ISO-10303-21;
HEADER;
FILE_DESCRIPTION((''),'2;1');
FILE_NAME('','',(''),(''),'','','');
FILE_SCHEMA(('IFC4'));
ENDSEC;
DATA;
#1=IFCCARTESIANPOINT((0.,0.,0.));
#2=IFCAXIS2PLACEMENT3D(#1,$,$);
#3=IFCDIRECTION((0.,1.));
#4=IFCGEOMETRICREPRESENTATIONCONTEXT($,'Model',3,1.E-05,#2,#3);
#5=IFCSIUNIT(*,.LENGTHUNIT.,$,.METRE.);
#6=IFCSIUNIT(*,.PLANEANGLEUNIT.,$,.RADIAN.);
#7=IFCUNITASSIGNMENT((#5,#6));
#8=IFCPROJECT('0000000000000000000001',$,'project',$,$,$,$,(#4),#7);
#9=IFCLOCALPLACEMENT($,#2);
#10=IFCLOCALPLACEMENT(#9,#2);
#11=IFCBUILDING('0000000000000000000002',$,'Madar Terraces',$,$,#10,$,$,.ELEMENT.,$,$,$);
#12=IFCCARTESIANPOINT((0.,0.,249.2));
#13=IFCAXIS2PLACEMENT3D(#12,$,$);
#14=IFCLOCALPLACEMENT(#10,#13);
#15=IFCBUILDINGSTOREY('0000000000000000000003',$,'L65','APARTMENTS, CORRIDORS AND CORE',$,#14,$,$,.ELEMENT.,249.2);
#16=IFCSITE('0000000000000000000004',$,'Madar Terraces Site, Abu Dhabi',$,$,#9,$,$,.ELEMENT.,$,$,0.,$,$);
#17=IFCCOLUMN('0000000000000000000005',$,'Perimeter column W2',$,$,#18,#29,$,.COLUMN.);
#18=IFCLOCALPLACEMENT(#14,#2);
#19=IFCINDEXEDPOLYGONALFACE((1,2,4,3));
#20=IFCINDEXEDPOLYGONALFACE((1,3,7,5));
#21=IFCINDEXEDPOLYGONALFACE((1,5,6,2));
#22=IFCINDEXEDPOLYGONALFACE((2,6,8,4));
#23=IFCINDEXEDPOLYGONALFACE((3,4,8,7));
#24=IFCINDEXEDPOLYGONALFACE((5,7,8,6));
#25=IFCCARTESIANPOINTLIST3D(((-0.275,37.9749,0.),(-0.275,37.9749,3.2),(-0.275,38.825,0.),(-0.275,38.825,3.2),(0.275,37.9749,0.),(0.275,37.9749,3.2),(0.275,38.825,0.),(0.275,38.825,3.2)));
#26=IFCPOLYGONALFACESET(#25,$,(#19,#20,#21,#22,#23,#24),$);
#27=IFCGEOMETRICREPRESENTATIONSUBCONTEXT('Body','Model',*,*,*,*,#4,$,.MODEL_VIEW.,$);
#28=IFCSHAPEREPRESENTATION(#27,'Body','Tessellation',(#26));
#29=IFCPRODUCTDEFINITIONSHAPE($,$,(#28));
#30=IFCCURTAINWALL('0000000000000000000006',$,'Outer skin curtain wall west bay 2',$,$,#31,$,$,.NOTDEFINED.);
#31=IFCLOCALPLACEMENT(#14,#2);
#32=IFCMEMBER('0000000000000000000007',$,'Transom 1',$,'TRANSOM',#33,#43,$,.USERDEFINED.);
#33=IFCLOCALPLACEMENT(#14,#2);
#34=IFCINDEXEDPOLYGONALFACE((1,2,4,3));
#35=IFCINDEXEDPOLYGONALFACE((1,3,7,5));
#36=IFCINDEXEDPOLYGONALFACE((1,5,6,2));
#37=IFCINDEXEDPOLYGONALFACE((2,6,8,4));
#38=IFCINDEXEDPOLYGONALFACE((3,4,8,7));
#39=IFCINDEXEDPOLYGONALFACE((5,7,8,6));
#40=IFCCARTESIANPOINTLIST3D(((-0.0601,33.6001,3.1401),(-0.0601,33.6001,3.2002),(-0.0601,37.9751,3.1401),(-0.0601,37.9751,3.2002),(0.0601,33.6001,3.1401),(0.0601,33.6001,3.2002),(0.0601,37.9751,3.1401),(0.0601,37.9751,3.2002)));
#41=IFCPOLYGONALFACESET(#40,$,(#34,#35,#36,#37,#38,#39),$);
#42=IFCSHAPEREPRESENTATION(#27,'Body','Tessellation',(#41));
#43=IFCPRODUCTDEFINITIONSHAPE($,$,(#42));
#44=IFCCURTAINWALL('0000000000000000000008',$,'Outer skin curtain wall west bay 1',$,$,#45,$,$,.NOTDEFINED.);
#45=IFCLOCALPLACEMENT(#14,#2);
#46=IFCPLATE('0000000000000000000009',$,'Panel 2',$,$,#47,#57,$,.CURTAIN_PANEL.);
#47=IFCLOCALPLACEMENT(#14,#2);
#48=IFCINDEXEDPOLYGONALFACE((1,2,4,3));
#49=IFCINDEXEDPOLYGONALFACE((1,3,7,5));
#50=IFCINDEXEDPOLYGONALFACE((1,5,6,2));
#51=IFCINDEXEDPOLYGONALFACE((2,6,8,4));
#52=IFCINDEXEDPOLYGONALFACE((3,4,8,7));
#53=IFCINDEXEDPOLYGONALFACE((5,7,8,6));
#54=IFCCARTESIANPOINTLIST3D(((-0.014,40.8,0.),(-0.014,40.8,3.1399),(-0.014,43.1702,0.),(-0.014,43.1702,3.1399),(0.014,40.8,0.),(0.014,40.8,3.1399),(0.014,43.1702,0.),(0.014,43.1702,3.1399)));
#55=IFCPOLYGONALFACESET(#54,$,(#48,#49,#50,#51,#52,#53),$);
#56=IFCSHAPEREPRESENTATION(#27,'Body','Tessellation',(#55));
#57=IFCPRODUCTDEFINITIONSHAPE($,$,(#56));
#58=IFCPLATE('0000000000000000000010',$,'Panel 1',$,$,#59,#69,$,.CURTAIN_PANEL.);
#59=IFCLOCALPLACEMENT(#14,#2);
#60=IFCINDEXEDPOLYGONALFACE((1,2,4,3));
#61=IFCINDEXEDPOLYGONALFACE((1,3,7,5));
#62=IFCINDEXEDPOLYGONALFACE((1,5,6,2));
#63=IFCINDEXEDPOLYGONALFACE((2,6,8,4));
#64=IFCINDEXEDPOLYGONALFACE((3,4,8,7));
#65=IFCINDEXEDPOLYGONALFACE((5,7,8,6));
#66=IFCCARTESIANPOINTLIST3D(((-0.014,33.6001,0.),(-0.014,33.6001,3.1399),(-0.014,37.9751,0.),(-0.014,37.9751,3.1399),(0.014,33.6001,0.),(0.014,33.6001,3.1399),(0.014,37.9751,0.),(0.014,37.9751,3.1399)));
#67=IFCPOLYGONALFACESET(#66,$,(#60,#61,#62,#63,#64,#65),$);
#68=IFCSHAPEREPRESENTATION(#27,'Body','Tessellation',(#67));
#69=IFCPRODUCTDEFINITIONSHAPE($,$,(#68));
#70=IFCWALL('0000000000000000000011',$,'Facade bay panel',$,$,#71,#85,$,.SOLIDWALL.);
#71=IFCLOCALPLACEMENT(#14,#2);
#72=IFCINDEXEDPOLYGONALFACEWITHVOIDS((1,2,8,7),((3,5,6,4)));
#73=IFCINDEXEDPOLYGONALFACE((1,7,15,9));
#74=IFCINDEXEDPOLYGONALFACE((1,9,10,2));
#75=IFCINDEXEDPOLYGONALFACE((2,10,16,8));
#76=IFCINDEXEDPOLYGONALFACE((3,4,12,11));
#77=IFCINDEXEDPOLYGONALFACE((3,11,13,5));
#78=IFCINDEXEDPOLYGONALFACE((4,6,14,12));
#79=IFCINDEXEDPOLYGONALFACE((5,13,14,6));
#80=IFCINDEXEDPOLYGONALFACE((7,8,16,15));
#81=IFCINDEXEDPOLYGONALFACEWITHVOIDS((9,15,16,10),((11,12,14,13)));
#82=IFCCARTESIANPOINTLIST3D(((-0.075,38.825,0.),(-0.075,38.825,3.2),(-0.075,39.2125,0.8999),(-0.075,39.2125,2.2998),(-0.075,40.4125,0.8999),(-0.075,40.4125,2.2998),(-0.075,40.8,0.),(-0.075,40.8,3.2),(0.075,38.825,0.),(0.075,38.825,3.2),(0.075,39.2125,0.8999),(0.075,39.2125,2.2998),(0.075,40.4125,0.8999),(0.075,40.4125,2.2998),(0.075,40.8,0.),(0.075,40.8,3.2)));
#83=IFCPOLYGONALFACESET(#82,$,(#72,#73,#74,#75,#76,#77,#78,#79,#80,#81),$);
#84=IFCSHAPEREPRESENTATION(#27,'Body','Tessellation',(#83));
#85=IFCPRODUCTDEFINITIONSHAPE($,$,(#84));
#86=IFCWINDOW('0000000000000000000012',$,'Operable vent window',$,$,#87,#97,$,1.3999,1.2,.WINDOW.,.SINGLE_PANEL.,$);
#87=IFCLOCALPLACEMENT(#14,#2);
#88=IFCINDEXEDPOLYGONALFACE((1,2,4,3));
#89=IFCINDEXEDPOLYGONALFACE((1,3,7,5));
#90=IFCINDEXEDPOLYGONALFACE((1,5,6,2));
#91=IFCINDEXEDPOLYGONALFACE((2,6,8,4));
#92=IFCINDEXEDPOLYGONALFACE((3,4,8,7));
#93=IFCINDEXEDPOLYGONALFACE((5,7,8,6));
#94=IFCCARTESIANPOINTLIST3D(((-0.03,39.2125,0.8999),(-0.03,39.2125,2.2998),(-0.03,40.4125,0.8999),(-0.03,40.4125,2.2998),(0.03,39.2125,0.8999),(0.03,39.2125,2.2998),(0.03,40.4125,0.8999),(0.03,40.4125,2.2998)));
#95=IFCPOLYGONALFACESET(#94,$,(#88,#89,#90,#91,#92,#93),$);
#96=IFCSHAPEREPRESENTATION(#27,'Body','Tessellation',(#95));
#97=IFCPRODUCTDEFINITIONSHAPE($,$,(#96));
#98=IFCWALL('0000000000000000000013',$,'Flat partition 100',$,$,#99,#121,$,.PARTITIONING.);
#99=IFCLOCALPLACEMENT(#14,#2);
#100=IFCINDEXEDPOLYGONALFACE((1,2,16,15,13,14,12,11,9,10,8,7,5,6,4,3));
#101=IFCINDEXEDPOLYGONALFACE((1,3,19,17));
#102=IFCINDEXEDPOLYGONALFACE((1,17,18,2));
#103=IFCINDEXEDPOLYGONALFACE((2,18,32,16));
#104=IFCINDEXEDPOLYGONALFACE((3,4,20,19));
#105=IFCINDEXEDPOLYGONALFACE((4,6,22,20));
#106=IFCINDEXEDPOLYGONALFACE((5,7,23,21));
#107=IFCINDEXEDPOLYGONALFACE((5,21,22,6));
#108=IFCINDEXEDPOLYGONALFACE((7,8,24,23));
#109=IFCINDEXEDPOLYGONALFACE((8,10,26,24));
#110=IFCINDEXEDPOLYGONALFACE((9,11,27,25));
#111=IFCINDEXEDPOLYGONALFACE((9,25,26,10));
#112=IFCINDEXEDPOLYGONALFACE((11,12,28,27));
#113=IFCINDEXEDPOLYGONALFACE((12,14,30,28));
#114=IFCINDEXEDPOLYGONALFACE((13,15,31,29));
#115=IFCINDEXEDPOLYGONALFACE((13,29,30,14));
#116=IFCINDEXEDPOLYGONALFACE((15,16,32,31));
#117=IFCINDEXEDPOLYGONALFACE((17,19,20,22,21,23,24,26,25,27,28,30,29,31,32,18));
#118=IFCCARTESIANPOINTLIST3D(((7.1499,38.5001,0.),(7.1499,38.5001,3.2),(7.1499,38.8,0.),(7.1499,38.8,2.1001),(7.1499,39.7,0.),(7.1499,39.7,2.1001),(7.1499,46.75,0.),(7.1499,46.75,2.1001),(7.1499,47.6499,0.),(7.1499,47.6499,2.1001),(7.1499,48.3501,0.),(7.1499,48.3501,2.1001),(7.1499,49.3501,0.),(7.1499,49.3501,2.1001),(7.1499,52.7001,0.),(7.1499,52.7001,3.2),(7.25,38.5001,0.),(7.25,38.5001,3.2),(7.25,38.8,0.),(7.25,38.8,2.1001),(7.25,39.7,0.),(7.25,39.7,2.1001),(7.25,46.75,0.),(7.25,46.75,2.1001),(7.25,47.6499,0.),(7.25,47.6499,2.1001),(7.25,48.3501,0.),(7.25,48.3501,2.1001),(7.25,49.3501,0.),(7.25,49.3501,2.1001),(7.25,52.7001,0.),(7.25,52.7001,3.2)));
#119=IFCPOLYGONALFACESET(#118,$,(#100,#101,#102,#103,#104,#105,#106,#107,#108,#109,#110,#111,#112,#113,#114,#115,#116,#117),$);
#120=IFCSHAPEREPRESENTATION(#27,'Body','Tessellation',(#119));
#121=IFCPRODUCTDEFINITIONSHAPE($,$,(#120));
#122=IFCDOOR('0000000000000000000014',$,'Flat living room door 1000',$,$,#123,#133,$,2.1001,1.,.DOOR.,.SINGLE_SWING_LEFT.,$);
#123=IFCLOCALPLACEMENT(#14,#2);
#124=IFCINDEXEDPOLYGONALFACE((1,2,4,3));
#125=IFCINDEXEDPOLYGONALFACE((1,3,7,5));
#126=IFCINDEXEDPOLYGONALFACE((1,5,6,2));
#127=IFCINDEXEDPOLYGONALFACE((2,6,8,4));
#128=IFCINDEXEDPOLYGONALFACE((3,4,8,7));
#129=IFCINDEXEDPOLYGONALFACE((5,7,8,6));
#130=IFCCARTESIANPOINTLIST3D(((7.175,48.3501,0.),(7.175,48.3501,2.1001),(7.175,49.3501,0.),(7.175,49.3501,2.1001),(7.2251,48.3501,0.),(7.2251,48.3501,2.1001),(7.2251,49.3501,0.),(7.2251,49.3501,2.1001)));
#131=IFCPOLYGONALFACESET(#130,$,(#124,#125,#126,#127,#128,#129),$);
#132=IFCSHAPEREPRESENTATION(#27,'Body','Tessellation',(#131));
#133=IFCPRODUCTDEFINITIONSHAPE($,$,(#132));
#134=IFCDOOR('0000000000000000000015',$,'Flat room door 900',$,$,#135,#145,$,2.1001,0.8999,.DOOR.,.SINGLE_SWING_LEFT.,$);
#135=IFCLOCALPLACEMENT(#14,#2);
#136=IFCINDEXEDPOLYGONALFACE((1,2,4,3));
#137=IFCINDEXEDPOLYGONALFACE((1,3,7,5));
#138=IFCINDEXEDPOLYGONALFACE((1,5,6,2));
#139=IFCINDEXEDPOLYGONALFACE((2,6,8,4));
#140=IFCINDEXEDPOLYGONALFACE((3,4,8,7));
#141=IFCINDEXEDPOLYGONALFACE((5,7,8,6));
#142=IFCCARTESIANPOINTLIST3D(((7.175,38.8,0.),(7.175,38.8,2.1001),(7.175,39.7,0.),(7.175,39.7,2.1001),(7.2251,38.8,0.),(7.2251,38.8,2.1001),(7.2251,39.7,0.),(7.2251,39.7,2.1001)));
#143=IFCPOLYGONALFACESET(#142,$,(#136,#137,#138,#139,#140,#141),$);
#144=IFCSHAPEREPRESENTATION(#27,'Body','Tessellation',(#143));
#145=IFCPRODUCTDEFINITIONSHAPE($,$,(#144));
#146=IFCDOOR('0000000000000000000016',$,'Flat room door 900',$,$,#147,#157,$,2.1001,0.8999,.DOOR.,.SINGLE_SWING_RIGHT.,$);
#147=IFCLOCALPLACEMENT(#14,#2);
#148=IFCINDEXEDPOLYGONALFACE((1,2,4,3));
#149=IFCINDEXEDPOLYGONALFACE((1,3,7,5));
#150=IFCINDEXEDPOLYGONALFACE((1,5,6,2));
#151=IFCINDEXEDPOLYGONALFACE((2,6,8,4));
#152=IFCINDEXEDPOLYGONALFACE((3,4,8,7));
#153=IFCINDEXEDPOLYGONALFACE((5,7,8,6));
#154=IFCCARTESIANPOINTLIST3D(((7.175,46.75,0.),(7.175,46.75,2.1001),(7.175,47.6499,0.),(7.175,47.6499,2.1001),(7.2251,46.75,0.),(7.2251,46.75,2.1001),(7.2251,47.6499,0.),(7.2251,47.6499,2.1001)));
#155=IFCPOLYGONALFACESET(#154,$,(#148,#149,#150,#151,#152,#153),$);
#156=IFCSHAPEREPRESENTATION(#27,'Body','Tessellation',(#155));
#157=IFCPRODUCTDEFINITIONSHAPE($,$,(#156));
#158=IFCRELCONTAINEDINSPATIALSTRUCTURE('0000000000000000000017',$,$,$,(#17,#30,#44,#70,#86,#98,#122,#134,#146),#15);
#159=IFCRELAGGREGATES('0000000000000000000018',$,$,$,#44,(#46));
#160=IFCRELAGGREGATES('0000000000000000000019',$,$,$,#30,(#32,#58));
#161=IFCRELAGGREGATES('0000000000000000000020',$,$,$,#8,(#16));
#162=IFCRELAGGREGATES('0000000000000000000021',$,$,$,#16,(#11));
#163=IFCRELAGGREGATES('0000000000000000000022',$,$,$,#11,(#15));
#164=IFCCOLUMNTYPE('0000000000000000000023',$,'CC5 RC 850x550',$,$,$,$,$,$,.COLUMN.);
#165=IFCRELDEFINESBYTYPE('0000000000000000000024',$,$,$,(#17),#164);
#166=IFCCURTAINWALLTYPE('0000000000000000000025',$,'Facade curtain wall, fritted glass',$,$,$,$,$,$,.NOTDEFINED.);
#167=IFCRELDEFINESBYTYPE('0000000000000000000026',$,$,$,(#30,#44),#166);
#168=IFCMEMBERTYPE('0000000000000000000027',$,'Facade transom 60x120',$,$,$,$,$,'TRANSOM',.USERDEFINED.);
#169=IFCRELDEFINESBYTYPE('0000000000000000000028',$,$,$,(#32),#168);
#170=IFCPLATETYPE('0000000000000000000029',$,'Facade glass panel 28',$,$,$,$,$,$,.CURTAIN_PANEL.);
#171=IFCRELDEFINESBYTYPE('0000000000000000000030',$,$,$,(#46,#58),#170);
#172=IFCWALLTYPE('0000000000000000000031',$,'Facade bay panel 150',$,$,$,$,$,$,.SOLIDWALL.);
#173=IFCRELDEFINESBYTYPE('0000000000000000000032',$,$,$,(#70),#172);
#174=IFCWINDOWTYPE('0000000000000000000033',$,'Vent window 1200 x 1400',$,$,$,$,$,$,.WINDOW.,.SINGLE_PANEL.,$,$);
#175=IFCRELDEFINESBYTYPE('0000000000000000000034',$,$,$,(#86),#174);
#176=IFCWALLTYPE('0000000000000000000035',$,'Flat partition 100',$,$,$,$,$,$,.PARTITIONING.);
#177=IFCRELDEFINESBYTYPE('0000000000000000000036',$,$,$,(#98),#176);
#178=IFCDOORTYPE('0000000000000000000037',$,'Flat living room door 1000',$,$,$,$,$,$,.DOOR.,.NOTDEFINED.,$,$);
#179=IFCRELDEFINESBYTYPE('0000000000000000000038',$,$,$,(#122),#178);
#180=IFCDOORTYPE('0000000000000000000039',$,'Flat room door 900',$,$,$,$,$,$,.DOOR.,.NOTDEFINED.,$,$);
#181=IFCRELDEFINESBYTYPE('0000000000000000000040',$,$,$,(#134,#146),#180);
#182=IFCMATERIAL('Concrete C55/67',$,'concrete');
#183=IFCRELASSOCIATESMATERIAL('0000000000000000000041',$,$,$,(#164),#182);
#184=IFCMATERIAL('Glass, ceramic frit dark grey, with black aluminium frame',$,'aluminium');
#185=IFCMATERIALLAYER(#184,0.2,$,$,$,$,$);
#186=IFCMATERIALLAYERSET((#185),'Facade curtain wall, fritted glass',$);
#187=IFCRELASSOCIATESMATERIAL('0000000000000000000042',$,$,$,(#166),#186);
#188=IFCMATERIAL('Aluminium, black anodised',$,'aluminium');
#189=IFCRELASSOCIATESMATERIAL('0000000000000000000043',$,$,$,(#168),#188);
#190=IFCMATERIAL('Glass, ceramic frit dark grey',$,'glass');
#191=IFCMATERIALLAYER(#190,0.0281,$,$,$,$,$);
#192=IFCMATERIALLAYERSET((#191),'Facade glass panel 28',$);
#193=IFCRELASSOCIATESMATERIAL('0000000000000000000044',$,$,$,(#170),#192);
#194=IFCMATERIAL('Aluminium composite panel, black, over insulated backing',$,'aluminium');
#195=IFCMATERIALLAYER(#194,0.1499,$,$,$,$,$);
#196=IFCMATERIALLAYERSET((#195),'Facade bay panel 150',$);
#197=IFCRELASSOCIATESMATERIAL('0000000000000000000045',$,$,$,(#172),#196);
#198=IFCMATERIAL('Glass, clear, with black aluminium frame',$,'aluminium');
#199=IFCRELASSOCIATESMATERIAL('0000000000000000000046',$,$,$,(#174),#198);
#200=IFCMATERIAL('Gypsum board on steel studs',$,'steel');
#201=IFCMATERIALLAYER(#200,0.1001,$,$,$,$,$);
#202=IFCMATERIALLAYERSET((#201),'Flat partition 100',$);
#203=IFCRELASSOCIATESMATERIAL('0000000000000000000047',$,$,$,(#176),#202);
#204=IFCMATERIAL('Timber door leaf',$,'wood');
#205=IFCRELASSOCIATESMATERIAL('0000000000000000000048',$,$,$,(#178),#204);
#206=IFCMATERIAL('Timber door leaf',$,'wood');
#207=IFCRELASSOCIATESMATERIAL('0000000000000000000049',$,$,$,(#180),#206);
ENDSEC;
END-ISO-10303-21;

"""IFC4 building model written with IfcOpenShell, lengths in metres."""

from ifc_helpers import new_model, si_unit, direction, frame, frame_2d, origin, origin_2d, place, context, subcontext, project, spatial, rectangle, extrude, material, layer, layer_set, material_profile, profile_set, type_object, element, fill, aggregate, save


model = new_model("IFC4")

# Units and contexts
model_context = context("Model", 3, precision=1e-05, world=origin(), true_north=direction((0.0, 1.0)))
body_context = subcontext(model_context, "Body", "Model", "MODEL_VIEW")
ifc_project = project(units=[si_unit("LENGTHUNIT", "METRE"), si_unit("PLANEANGLEUNIT", "RADIAN")], contexts=[model_context])

# Site, building, storey
site_placement = place(None, origin())
site = spatial("IfcSite", under=ifc_project, at=site_placement, Name="Madar Terraces Site, Abu Dhabi", CompositionType="ELEMENT", RefElevation=0.0)
building_placement = place(site_placement, origin())
building = spatial("IfcBuilding", under=site, at=building_placement, Name="Madar Terraces", CompositionType="ELEMENT")
storey_placement = place(building_placement, frame((0.0, 0.0, 249.2)))
storey = spatial("IfcBuildingStorey", under=building, at=storey_placement, Name="L65", Description="APARTMENTS, CORRIDORS AND CORE", CompositionType="ELEMENT", Elevation=249.2)

# Column
ifc_material_1 = material(Name="Concrete C55/67", Category="concrete")
ifc_material_profile_1 = material_profile(ifc_material_1, rectangle(XDim=0.8501, YDim=0.55, at=origin_2d()), Name="CC5 RC 850x550")
ifc_profile_set_1 = profile_set([ifc_material_profile_1], Name="Concrete C55/67")
column_type = type_object("IfcColumnType", Name="CC5 RC 850x550", PredefinedType="COLUMN", material=ifc_profile_set_1)
column_placement = place(storey_placement, frame((0.0, 38.3999, 0.0), z_axis=(0.0, 0.0, 1.0), x_axis=(0.0, 1.0, 0.0)))
element("IfcColumn", 1, at=column_placement, inside=storey, type_object=column_type, Name="Perimeter column W2", PredefinedType="COLUMN", context=body_context, shape_type="SweptSolid", body=[
    extrude(rectangle(XDim=0.8501, YDim=0.55, at=origin_2d()), origin(), (0.0, 0.0, 1.0), 3.2),
])

# Curtain wall, member
ifc_material_2 = material(Name="Glass, ceramic frit dark grey, with black aluminium frame", Category="aluminium")
ifc_layer_1 = layer(ifc_material_2, 0.2)
ifc_layer_set_1 = layer_set([ifc_layer_1], Name="Facade curtain wall, fritted glass")
curtain_wall_type = type_object("IfcCurtainWallType", Name="Facade curtain wall, fritted glass", PredefinedType="NOTDEFINED", material=ifc_layer_set_1)
curtain_wall_1_placement = place(storey_placement, origin())
curtain_wall_1 = element("IfcCurtainWall", 2, at=curtain_wall_1_placement, inside=storey, type_object=curtain_wall_type, Name="Outer skin curtain wall west bay 2", PredefinedType="NOTDEFINED")
ifc_material_3 = material(Name="Aluminium, black anodised", Category="aluminium")
ifc_material_profile_2 = material_profile(ifc_material_3, rectangle(XDim=0.1201, YDim=0.0601, at=origin_2d()), Name="Facade transom 60x120")
ifc_profile_set_2 = profile_set([ifc_material_profile_2], Name="Aluminium, black anodised")
member_type = type_object("IfcMemberType", Name="Facade transom 60x120", ElementType="TRANSOM", PredefinedType="USERDEFINED", material=ifc_profile_set_2)
member_placement = place(storey_placement, frame((0.0, 37.9751, 3.1702), z_axis=(0.0, -1.0, 0.0), x_axis=(1.0, 0.0, 0.0)))
member = element("IfcMember", 3, at=member_placement, type_object=member_type, Name="Transom 1", ObjectType="TRANSOM", PredefinedType="USERDEFINED", context=body_context, shape_type="SweptSolid", body=[
    extrude(rectangle(XDim=0.1201, YDim=0.0601, at=origin_2d()), origin(), (0.0, 0.0, 1.0), 4.375),
])

# Curtain wall, plate
curtain_wall_2_placement = place(storey_placement, origin())
curtain_wall_2 = element("IfcCurtainWall", 4, at=curtain_wall_2_placement, inside=storey, type_object=curtain_wall_type, Name="Outer skin curtain wall west bay 1", PredefinedType="NOTDEFINED")
ifc_material_4 = material(Name="Glass, ceramic frit dark grey", Category="glass")
ifc_layer_2 = layer(ifc_material_4, 0.0281)
ifc_layer_set_2 = layer_set([ifc_layer_2], Name="Facade glass panel 28")
plate_type = type_object("IfcPlateType", Name="Facade glass panel 28", PredefinedType="CURTAIN_PANEL", material=ifc_layer_set_2)
plate_1_placement = place(storey_placement, frame((0.0, 41.9851, 0.0), z_axis=(0.0, 0.0, 1.0), x_axis=(0.0, -1.0, 0.0)))
plate_1 = element("IfcPlate", 5, at=plate_1_placement, type_object=plate_type, Name="Panel 2", PredefinedType="CURTAIN_PANEL", context=body_context, shape_type="SweptSolid", body=[
    extrude(rectangle(XDim=2.3701, YDim=0.0281, at=origin_2d()), origin(), (0.0, 0.0, 1.0), 3.1399),
])
aggregate(curtain_wall_2, [plate_1])

# Plate
plate_2_placement = place(storey_placement, frame((0.0, 35.7876, 0.0), z_axis=(0.0, 0.0, 1.0), x_axis=(0.0, -1.0, 0.0)))
plate_2 = element("IfcPlate", 6, at=plate_2_placement, type_object=plate_type, Name="Panel 1", PredefinedType="CURTAIN_PANEL", context=body_context, shape_type="SweptSolid", body=[
    extrude(rectangle(XDim=4.375, YDim=0.0281, at=origin_2d()), origin(), (0.0, 0.0, 1.0), 3.1399),
])
aggregate(curtain_wall_1, [member, plate_2])

# Wall, opening, window
ifc_material_5 = material(Name="Aluminium composite panel, black, over insulated backing", Category="aluminium")
ifc_layer_3 = layer(ifc_material_5, 0.1499)
ifc_layer_set_3 = layer_set([ifc_layer_3], Name="Facade bay panel 150")
wall_type_1 = type_object("IfcWallType", Name="Facade bay panel 150", PredefinedType="SOLIDWALL", material=ifc_layer_set_3)
wall_1_placement = place(storey_placement, frame((0.0, 40.8, 0.0), z_axis=(0.0, 0.0, 1.0), x_axis=(0.0, -1.0, 0.0)))
wall_1 = element("IfcWall", 7, at=wall_1_placement, inside=storey, type_object=wall_type_1, Name="Facade bay panel", PredefinedType="SOLIDWALL", context=body_context, shape_type="SweptSolid", body=[
    extrude(rectangle(XDim=1.9751, YDim=0.1499, at=frame_2d((0.9875, 0.0))), origin(), (0.0, 0.0, 1.0), 3.2),
])
opening_1_placement = place(wall_1_placement, frame((0.3875, 0.0, 0.8999)))
opening_1 = element("IfcOpeningElement", 8, at=opening_1_placement, cuts=wall_1, PredefinedType="OPENING", context=body_context, shape_type="SweptSolid", body=[
    extrude(rectangle(XDim=1.2, YDim=1.3999, at=frame_2d((0.6001, 0.7))), frame((0.0, 0.085, 0.0), z_axis=(0.0, -1.0, 0.0), x_axis=(1.0, 0.0, 0.0)), (0.0, 0.0, 1.0), 0.1699),
])
ifc_material_6 = material(Name="Glass, clear, with black aluminium frame", Category="aluminium")
window_type = type_object("IfcWindowType", Name="Vent window 1200 x 1400", PartitioningType="SINGLE_PANEL", PredefinedType="WINDOW", material=ifc_material_6)
window_placement = place(opening_1_placement, origin())
window = element("IfcWindow", 9, at=window_placement, inside=storey, type_object=window_type, Name="Operable vent window", OverallHeight=1.3999, OverallWidth=1.2, PartitioningType="SINGLE_PANEL", PredefinedType="WINDOW", context=body_context, shape_type="SweptSolid", body=[
    extrude(rectangle(XDim=1.2, YDim=1.3999, at=frame_2d((0.6001, 0.7))), frame((0.0, 0.03, 0.0), z_axis=(0.0, -1.0, 0.0), x_axis=(1.0, 0.0, 0.0)), (0.0, 0.0, 1.0), 0.0601),
])
fill(opening_1, window)

# Wall, openings, doors
ifc_material_7 = material(Name="Gypsum board on steel studs", Category="steel")
ifc_layer_4 = layer(ifc_material_7, 0.1001)
ifc_layer_set_4 = layer_set([ifc_layer_4], Name="Flat partition 100")
wall_type_2 = type_object("IfcWallType", Name="Flat partition 100", PredefinedType="PARTITIONING", material=ifc_layer_set_4)
wall_2_placement = place(storey_placement, frame((7.2, 38.5, 0.0), z_axis=(0.0, 0.0, 1.0), x_axis=(0.0, 1.0, 0.0)))
wall_2 = element("IfcWall", 10, at=wall_2_placement, inside=storey, type_object=wall_type_2, Name="Flat partition 100", PredefinedType="PARTITIONING", context=body_context, shape_type="SweptSolid", body=[
    extrude(rectangle(XDim=14.2, YDim=0.1001, at=frame_2d((7.1001, 0.0))), origin(), (0.0, 0.0, 1.0), 3.2),
])
opening_2_placement = place(wall_2_placement, frame((0.3, 0.0, 0.0)))
opening_2 = element("IfcOpeningElement", 11, at=opening_2_placement, cuts=wall_2, PredefinedType="OPENING", context=body_context, shape_type="SweptSolid", body=[
    extrude(rectangle(XDim=0.8999, YDim=2.1001, at=frame_2d((0.45, 1.05))), frame((0.0, 0.0601, 0.0), z_axis=(0.0, -1.0, 0.0), x_axis=(1.0, 0.0, 0.0)), (0.0, 0.0, 1.0), 0.1201),
])
opening_3_placement = place(wall_2_placement, frame((8.25, 0.0, 0.0)))
opening_3 = element("IfcOpeningElement", 12, at=opening_3_placement, cuts=wall_2, PredefinedType="OPENING", context=body_context, shape_type="SweptSolid", body=[
    extrude(rectangle(XDim=0.8999, YDim=2.1001, at=frame_2d((0.45, 1.05))), frame((0.0, 0.0601, 0.0), z_axis=(0.0, -1.0, 0.0), x_axis=(1.0, 0.0, 0.0)), (0.0, 0.0, 1.0), 0.1201),
])
opening_4_placement = place(wall_2_placement, frame((9.8501, 0.0, 0.0)))
opening_4 = element("IfcOpeningElement", 13, at=opening_4_placement, cuts=wall_2, PredefinedType="OPENING", context=body_context, shape_type="SweptSolid", body=[
    extrude(rectangle(XDim=1.0, YDim=2.1001, at=frame_2d((0.5, 1.05))), frame((0.0, 0.0601, 0.0), z_axis=(0.0, -1.0, 0.0), x_axis=(1.0, 0.0, 0.0)), (0.0, 0.0, 1.0), 0.1201),
])
ifc_material_8 = material(Name="Timber door leaf", Category="wood")
door_type_1 = type_object("IfcDoorType", Name="Flat living room door 1000", OperationType="NOTDEFINED", PredefinedType="DOOR", material=ifc_material_8)
door_1_placement = place(opening_4_placement, origin())
door_1 = element("IfcDoor", 14, at=door_1_placement, inside=storey, type_object=door_type_1, Name="Flat living room door 1000", OperationType="SINGLE_SWING_LEFT", OverallHeight=2.1001, OverallWidth=1.0, PredefinedType="DOOR", context=body_context, shape_type="SweptSolid", body=[
    extrude(rectangle(XDim=1.0, YDim=2.1001, at=frame_2d((0.5, 1.05))), frame((0.0, 0.0249, 0.0), z_axis=(0.0, -1.0, 0.0), x_axis=(1.0, 0.0, 0.0)), (0.0, 0.0, 1.0), 0.05),
])
fill(opening_4, door_1)
ifc_material_9 = material(Name="Timber door leaf", Category="wood")
door_type_2 = type_object("IfcDoorType", Name="Flat room door 900", OperationType="NOTDEFINED", PredefinedType="DOOR", material=ifc_material_9)
door_2_placement = place(opening_2_placement, origin())
door_2 = element("IfcDoor", 15, at=door_2_placement, inside=storey, type_object=door_type_2, Name="Flat room door 900", OperationType="SINGLE_SWING_LEFT", OverallHeight=2.1001, OverallWidth=0.8999, PredefinedType="DOOR", context=body_context, shape_type="SweptSolid", body=[
    extrude(rectangle(XDim=0.8999, YDim=2.1001, at=frame_2d((0.45, 1.05))), frame((0.0, 0.0249, 0.0), z_axis=(0.0, -1.0, 0.0), x_axis=(1.0, 0.0, 0.0)), (0.0, 0.0, 1.0), 0.05),
])
fill(opening_2, door_2)
door_3_placement = place(opening_3_placement, origin())
door_3 = element("IfcDoor", 16, at=door_3_placement, inside=storey, type_object=door_type_2, Name="Flat room door 900", OperationType="SINGLE_SWING_RIGHT", OverallHeight=2.1001, OverallWidth=0.8999, PredefinedType="DOOR", context=body_context, shape_type="SweptSolid", body=[
    extrude(rectangle(XDim=0.8999, YDim=2.1001, at=frame_2d((0.45, 1.05))), frame((0.0, 0.0249, 0.0), z_axis=(0.0, -1.0, 0.0), x_axis=(1.0, 0.0, 0.0)), (0.0, 0.0, 1.0), 0.05),
])
fill(opening_3, door_3)

save(model, "model.ifc")
